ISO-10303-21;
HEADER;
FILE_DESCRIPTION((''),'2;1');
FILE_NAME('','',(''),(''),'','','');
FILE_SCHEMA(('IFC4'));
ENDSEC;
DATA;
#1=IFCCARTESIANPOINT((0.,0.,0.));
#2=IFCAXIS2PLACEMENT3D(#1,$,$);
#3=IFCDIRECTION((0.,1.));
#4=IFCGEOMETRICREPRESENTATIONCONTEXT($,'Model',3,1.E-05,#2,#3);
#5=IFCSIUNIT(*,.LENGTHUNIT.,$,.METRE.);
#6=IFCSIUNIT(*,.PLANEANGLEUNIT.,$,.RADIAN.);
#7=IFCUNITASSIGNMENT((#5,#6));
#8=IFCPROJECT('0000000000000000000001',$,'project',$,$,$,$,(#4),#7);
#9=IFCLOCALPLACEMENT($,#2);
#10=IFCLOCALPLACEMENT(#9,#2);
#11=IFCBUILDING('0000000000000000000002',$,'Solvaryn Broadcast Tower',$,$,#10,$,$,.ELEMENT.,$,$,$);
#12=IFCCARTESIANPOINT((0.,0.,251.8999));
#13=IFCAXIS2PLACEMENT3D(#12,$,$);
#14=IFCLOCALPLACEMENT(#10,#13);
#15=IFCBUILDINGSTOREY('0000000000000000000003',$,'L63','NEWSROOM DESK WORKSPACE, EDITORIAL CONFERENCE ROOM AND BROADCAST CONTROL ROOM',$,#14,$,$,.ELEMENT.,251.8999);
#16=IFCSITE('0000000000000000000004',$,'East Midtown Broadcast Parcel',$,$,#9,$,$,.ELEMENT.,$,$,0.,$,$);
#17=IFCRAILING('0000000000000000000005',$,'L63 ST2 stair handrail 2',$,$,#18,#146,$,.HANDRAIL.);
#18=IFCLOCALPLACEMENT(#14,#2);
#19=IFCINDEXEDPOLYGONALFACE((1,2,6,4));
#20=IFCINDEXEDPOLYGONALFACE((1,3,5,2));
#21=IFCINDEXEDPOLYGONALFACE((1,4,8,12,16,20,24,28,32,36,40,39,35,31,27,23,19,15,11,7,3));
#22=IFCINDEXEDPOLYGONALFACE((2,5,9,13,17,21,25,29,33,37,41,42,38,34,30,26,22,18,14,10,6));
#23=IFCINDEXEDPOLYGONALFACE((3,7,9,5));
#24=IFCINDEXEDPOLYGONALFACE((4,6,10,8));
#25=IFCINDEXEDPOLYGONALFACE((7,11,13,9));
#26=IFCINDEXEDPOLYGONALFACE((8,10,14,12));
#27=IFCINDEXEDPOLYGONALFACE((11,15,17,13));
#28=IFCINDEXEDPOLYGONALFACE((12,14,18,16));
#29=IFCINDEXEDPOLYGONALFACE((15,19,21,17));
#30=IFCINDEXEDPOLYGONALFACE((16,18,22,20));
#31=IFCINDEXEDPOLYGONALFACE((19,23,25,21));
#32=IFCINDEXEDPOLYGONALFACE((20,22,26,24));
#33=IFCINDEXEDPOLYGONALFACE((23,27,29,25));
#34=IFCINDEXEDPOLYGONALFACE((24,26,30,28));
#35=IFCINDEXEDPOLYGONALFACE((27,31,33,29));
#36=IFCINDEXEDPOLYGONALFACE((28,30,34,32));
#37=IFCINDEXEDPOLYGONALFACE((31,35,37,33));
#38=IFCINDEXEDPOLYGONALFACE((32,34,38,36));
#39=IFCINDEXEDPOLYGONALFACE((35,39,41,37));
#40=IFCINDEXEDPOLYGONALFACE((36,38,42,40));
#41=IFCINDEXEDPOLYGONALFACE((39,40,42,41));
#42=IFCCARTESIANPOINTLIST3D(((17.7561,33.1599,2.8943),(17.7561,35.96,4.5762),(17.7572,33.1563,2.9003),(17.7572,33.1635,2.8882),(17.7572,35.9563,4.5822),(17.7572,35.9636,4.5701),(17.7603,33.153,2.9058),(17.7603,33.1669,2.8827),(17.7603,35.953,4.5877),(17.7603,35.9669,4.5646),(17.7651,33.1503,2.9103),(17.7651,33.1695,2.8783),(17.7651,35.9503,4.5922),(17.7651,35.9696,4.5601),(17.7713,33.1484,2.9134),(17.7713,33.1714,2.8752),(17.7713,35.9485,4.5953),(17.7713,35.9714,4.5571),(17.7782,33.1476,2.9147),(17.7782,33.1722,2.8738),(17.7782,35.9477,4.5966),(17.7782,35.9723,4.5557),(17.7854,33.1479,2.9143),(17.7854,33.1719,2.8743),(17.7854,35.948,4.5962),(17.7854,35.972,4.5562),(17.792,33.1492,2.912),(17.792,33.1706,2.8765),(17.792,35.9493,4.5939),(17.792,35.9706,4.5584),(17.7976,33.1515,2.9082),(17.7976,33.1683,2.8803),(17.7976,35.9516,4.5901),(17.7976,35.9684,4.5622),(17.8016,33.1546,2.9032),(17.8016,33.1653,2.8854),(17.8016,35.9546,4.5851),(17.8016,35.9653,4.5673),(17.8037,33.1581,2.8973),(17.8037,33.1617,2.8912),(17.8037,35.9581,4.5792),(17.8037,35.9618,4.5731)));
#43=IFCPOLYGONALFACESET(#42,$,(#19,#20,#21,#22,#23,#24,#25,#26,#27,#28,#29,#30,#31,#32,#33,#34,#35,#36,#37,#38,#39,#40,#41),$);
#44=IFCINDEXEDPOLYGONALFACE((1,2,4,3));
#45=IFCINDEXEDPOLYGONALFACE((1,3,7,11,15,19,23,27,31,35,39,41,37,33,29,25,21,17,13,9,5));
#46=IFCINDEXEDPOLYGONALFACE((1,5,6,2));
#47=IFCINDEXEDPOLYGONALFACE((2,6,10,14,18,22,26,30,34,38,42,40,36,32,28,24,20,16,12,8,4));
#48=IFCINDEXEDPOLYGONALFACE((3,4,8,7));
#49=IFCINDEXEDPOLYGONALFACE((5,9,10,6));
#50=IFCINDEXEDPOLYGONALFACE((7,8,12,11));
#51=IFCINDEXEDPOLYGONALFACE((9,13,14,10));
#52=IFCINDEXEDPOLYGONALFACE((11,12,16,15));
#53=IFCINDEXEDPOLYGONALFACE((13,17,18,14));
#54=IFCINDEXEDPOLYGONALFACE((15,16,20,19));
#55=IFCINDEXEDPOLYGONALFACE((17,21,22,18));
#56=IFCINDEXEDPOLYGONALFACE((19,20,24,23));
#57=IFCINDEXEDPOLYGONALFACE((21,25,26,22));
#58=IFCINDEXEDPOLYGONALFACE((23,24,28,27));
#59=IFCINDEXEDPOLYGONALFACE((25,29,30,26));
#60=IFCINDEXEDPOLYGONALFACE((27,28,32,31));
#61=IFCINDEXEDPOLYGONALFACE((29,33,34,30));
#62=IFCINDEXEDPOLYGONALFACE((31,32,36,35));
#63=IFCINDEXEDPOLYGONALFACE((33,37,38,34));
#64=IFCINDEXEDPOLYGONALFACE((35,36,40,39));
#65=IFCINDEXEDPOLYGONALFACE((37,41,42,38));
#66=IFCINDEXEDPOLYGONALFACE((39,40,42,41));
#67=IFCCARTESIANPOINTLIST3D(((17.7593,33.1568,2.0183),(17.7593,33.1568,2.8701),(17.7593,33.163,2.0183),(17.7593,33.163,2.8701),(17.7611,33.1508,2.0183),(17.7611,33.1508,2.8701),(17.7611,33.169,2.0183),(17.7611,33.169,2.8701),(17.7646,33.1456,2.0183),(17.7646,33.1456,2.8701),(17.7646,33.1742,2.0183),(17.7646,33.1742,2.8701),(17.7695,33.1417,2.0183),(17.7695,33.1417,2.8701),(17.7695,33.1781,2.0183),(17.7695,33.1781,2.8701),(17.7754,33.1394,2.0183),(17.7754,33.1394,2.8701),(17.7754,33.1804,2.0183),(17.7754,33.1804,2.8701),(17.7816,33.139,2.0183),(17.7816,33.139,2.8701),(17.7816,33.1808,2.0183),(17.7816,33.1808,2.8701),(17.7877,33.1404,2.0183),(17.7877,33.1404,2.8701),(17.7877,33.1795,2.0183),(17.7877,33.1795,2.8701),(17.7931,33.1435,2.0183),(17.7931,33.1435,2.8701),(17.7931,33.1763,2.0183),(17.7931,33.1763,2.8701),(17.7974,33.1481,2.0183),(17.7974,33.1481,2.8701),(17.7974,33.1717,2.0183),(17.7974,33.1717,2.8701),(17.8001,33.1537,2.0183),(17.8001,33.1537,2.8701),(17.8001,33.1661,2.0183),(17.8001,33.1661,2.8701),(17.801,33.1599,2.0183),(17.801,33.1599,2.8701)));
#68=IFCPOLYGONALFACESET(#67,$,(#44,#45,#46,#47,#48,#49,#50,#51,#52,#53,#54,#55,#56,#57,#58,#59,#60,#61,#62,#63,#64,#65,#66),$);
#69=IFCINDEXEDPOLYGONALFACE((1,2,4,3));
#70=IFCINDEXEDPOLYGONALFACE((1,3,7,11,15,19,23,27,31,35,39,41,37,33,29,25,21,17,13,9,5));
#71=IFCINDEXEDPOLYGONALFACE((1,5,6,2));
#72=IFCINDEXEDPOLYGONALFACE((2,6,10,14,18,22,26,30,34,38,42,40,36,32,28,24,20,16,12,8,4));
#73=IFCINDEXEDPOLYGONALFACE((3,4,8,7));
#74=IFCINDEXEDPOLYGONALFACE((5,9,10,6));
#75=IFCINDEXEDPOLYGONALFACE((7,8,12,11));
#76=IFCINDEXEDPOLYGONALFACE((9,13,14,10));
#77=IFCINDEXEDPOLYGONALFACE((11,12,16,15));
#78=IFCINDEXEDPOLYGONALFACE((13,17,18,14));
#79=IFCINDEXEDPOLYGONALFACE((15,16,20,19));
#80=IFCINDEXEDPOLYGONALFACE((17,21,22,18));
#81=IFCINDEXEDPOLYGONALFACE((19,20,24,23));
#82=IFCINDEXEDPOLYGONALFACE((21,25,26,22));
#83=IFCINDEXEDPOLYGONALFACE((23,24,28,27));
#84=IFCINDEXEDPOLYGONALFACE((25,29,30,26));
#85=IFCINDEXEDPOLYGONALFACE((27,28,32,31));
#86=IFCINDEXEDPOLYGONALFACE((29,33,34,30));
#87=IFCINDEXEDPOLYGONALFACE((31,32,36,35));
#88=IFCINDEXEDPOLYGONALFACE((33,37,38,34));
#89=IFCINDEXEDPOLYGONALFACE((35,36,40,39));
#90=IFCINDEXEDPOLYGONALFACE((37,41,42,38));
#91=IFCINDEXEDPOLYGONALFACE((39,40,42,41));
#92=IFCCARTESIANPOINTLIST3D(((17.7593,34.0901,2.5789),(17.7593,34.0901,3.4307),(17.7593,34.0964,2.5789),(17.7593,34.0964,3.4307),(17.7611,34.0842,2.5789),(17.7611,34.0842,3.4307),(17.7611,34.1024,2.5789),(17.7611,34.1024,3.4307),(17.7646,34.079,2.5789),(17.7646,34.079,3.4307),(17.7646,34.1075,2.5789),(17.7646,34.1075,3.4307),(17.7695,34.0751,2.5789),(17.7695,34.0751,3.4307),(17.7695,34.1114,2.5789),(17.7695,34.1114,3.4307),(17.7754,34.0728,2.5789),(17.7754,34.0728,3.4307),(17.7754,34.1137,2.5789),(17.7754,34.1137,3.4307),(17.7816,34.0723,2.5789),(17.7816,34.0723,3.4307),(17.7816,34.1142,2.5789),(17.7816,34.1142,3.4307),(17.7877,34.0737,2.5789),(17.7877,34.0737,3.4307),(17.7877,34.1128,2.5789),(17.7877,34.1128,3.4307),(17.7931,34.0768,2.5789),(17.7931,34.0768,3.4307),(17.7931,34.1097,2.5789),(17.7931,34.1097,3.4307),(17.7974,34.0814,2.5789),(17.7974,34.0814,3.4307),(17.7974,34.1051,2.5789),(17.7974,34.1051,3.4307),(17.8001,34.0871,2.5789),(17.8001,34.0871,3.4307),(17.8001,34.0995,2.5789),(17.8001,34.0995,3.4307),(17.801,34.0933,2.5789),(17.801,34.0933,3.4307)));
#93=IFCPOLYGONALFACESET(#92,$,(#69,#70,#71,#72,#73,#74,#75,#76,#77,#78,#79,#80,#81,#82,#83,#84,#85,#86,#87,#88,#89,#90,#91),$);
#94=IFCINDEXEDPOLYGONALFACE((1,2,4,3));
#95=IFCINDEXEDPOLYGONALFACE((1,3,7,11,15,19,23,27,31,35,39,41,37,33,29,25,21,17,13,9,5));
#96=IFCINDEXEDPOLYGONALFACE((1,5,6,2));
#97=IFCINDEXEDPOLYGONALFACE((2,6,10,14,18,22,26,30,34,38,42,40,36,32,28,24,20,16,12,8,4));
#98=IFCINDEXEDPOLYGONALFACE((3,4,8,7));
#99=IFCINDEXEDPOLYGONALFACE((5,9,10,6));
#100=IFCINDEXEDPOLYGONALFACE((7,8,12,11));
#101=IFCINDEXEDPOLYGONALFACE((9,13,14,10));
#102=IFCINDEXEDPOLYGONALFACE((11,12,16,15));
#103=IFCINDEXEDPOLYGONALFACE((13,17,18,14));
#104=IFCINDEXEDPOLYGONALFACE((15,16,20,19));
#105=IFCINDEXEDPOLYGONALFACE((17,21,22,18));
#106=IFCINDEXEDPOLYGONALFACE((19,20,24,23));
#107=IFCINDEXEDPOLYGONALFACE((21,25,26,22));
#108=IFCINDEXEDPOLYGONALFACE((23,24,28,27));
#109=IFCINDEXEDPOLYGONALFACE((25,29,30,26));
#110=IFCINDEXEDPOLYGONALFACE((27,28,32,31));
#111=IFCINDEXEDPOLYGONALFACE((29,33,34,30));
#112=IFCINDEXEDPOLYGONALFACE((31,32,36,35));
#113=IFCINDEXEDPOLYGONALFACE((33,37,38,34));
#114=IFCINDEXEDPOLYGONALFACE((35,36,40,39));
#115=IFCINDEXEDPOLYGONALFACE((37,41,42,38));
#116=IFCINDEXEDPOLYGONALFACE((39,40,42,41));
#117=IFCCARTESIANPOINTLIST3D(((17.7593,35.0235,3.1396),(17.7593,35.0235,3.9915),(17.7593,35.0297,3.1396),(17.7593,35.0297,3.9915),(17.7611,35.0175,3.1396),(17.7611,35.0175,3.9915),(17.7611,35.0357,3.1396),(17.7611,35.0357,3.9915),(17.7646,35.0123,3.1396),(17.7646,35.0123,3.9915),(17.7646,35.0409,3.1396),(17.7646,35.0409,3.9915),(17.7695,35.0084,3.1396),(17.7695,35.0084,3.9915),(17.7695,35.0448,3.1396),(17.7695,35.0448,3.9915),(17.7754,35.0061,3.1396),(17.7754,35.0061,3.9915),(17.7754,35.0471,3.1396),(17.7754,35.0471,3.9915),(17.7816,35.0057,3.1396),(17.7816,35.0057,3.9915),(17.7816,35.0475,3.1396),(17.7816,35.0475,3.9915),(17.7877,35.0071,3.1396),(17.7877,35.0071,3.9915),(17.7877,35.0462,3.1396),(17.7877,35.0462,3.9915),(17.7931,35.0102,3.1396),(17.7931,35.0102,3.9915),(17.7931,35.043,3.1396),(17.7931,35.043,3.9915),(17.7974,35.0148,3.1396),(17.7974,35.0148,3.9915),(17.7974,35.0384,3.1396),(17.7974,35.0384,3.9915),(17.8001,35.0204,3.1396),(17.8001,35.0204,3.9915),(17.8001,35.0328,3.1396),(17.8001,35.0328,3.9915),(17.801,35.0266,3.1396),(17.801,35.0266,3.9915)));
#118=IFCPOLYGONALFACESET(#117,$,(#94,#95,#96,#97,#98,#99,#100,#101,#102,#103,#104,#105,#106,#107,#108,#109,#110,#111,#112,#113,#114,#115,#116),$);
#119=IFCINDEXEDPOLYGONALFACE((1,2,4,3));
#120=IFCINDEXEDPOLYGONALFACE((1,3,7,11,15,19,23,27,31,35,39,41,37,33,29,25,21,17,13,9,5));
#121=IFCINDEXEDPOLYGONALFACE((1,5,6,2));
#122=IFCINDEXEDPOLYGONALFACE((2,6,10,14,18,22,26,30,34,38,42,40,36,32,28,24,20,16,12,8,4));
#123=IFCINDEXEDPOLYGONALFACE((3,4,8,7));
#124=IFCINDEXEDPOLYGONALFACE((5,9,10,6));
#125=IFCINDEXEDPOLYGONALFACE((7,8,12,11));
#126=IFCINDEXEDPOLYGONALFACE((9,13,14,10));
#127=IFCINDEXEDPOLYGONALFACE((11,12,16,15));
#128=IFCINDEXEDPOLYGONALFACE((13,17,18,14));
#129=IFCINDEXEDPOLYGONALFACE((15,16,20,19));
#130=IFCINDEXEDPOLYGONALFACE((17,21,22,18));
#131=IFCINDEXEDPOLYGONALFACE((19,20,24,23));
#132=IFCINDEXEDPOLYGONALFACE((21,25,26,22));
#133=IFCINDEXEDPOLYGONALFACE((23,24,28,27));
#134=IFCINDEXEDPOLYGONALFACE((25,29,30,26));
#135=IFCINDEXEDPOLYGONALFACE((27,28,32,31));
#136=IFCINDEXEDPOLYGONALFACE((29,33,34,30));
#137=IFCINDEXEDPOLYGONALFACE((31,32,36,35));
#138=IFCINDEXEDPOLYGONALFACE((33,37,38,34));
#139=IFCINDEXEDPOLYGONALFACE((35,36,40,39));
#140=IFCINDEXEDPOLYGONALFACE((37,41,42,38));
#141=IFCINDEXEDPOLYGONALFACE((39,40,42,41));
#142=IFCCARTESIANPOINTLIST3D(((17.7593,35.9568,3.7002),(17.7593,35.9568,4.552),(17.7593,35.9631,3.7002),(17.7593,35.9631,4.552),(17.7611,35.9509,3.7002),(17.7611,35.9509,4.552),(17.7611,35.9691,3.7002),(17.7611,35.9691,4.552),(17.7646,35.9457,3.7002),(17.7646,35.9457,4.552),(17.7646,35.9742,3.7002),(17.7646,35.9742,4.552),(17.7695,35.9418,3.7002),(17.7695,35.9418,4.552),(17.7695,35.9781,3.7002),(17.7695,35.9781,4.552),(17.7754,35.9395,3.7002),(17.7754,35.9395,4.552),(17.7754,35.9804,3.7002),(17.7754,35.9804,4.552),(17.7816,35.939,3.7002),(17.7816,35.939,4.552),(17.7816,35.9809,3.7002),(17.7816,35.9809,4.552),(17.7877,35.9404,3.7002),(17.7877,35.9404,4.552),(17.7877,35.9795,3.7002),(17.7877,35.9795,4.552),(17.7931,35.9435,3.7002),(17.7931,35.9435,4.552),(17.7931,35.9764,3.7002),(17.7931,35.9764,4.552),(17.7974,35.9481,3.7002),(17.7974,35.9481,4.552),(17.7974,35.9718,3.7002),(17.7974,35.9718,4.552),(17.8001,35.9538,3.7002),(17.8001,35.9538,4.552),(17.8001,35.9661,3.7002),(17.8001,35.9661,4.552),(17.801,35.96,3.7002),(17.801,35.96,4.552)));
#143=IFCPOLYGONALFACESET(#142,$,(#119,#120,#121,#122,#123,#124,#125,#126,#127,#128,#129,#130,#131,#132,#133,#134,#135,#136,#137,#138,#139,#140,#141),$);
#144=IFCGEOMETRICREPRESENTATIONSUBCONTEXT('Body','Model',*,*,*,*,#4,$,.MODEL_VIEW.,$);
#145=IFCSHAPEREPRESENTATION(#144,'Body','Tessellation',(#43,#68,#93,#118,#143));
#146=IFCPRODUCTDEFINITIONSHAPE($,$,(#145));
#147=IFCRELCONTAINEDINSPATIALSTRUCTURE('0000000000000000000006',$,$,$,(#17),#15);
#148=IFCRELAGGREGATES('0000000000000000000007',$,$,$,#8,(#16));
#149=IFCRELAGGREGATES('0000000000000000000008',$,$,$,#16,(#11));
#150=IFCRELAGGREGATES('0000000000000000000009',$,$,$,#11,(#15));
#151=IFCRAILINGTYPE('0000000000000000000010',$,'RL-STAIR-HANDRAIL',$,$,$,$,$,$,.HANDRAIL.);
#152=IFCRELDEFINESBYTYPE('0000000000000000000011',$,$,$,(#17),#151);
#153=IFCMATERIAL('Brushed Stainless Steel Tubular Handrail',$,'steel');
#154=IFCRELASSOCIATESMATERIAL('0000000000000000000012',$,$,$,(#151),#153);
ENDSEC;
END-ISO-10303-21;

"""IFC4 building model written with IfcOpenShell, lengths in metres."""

from ifc_helpers import new_model, si_unit, direction, frame, origin, origin_2d, place, context, subcontext, project, spatial, circle, extrude, material, type_object, element, save


model = new_model("IFC4")

# Units and contexts
model_context = context("Model", 3, precision=1e-05, world=origin(), true_north=direction((0.0, 1.0)))
body_context = subcontext(model_context, "Body", "Model", "MODEL_VIEW")
ifc_project = project(units=[si_unit("LENGTHUNIT", "METRE"), si_unit("PLANEANGLEUNIT", "RADIAN")], contexts=[model_context])

# Site, building, storey
site_placement = place(None, origin())
site = spatial("IfcSite", under=ifc_project, at=site_placement, Name="East Midtown Broadcast Parcel", CompositionType="ELEMENT", RefElevation=0.0)
building_placement = place(site_placement, origin())
building = spatial("IfcBuilding", under=site, at=building_placement, Name="Solvaryn Broadcast Tower", CompositionType="ELEMENT")
storey_placement = place(building_placement, frame((0.0, 0.0, 251.8999)))
storey = spatial("IfcBuildingStorey", under=building, at=storey_placement, Name="L63", Description="NEWSROOM DESK WORKSPACE, EDITORIAL CONFERENCE ROOM AND BROADCAST CONTROL ROOM", CompositionType="ELEMENT", Elevation=251.8999)

# Railing
ifc_material_1 = material(Name="Brushed Stainless Steel Tubular Handrail", Category="steel")
railing_type_1 = type_object("IfcRailingType", Name="RL-STAIR-HANDRAIL", PredefinedType="HANDRAIL", material=ifc_material_1)
railing_1_placement = place(storey_placement, frame((17.78, 33.1599, 2.0183)))
element("IfcRailing", 1, at=railing_1_placement, inside=storey, type_object=railing_type_1, Name="L63 ST2 stair handrail 2", PredefinedType="HANDRAIL", context=body_context, shape_type="SweptSolid", body=[
    extrude(circle(Radius=0.0239, at=origin_2d()), frame((0.0, 0.0, 0.876), z_axis=(0.0, 0.857242, 0.514913), x_axis=(-1.0, 0.0, 0.0)), (0.0, 0.0, 1.0), 3.2664),
    extrude(circle(Radius=0.021, at=origin_2d()), origin(), (0.0, 0.0, 1.0), 0.8518),
    extrude(circle(Radius=0.021, at=origin_2d()), frame((0.0, 0.9333, 0.5605)), (0.0, 0.0, 1.0), 0.8518),
    extrude(circle(Radius=0.021, at=origin_2d()), frame((0.0, 1.8667, 1.1213)), (0.0, 0.0, 1.0), 0.8518),
    extrude(circle(Radius=0.021, at=origin_2d()), frame((0.0, 2.8, 1.6819)), (0.0, 0.0, 1.0), 0.8518),
])

save(model, "model.ifc")
